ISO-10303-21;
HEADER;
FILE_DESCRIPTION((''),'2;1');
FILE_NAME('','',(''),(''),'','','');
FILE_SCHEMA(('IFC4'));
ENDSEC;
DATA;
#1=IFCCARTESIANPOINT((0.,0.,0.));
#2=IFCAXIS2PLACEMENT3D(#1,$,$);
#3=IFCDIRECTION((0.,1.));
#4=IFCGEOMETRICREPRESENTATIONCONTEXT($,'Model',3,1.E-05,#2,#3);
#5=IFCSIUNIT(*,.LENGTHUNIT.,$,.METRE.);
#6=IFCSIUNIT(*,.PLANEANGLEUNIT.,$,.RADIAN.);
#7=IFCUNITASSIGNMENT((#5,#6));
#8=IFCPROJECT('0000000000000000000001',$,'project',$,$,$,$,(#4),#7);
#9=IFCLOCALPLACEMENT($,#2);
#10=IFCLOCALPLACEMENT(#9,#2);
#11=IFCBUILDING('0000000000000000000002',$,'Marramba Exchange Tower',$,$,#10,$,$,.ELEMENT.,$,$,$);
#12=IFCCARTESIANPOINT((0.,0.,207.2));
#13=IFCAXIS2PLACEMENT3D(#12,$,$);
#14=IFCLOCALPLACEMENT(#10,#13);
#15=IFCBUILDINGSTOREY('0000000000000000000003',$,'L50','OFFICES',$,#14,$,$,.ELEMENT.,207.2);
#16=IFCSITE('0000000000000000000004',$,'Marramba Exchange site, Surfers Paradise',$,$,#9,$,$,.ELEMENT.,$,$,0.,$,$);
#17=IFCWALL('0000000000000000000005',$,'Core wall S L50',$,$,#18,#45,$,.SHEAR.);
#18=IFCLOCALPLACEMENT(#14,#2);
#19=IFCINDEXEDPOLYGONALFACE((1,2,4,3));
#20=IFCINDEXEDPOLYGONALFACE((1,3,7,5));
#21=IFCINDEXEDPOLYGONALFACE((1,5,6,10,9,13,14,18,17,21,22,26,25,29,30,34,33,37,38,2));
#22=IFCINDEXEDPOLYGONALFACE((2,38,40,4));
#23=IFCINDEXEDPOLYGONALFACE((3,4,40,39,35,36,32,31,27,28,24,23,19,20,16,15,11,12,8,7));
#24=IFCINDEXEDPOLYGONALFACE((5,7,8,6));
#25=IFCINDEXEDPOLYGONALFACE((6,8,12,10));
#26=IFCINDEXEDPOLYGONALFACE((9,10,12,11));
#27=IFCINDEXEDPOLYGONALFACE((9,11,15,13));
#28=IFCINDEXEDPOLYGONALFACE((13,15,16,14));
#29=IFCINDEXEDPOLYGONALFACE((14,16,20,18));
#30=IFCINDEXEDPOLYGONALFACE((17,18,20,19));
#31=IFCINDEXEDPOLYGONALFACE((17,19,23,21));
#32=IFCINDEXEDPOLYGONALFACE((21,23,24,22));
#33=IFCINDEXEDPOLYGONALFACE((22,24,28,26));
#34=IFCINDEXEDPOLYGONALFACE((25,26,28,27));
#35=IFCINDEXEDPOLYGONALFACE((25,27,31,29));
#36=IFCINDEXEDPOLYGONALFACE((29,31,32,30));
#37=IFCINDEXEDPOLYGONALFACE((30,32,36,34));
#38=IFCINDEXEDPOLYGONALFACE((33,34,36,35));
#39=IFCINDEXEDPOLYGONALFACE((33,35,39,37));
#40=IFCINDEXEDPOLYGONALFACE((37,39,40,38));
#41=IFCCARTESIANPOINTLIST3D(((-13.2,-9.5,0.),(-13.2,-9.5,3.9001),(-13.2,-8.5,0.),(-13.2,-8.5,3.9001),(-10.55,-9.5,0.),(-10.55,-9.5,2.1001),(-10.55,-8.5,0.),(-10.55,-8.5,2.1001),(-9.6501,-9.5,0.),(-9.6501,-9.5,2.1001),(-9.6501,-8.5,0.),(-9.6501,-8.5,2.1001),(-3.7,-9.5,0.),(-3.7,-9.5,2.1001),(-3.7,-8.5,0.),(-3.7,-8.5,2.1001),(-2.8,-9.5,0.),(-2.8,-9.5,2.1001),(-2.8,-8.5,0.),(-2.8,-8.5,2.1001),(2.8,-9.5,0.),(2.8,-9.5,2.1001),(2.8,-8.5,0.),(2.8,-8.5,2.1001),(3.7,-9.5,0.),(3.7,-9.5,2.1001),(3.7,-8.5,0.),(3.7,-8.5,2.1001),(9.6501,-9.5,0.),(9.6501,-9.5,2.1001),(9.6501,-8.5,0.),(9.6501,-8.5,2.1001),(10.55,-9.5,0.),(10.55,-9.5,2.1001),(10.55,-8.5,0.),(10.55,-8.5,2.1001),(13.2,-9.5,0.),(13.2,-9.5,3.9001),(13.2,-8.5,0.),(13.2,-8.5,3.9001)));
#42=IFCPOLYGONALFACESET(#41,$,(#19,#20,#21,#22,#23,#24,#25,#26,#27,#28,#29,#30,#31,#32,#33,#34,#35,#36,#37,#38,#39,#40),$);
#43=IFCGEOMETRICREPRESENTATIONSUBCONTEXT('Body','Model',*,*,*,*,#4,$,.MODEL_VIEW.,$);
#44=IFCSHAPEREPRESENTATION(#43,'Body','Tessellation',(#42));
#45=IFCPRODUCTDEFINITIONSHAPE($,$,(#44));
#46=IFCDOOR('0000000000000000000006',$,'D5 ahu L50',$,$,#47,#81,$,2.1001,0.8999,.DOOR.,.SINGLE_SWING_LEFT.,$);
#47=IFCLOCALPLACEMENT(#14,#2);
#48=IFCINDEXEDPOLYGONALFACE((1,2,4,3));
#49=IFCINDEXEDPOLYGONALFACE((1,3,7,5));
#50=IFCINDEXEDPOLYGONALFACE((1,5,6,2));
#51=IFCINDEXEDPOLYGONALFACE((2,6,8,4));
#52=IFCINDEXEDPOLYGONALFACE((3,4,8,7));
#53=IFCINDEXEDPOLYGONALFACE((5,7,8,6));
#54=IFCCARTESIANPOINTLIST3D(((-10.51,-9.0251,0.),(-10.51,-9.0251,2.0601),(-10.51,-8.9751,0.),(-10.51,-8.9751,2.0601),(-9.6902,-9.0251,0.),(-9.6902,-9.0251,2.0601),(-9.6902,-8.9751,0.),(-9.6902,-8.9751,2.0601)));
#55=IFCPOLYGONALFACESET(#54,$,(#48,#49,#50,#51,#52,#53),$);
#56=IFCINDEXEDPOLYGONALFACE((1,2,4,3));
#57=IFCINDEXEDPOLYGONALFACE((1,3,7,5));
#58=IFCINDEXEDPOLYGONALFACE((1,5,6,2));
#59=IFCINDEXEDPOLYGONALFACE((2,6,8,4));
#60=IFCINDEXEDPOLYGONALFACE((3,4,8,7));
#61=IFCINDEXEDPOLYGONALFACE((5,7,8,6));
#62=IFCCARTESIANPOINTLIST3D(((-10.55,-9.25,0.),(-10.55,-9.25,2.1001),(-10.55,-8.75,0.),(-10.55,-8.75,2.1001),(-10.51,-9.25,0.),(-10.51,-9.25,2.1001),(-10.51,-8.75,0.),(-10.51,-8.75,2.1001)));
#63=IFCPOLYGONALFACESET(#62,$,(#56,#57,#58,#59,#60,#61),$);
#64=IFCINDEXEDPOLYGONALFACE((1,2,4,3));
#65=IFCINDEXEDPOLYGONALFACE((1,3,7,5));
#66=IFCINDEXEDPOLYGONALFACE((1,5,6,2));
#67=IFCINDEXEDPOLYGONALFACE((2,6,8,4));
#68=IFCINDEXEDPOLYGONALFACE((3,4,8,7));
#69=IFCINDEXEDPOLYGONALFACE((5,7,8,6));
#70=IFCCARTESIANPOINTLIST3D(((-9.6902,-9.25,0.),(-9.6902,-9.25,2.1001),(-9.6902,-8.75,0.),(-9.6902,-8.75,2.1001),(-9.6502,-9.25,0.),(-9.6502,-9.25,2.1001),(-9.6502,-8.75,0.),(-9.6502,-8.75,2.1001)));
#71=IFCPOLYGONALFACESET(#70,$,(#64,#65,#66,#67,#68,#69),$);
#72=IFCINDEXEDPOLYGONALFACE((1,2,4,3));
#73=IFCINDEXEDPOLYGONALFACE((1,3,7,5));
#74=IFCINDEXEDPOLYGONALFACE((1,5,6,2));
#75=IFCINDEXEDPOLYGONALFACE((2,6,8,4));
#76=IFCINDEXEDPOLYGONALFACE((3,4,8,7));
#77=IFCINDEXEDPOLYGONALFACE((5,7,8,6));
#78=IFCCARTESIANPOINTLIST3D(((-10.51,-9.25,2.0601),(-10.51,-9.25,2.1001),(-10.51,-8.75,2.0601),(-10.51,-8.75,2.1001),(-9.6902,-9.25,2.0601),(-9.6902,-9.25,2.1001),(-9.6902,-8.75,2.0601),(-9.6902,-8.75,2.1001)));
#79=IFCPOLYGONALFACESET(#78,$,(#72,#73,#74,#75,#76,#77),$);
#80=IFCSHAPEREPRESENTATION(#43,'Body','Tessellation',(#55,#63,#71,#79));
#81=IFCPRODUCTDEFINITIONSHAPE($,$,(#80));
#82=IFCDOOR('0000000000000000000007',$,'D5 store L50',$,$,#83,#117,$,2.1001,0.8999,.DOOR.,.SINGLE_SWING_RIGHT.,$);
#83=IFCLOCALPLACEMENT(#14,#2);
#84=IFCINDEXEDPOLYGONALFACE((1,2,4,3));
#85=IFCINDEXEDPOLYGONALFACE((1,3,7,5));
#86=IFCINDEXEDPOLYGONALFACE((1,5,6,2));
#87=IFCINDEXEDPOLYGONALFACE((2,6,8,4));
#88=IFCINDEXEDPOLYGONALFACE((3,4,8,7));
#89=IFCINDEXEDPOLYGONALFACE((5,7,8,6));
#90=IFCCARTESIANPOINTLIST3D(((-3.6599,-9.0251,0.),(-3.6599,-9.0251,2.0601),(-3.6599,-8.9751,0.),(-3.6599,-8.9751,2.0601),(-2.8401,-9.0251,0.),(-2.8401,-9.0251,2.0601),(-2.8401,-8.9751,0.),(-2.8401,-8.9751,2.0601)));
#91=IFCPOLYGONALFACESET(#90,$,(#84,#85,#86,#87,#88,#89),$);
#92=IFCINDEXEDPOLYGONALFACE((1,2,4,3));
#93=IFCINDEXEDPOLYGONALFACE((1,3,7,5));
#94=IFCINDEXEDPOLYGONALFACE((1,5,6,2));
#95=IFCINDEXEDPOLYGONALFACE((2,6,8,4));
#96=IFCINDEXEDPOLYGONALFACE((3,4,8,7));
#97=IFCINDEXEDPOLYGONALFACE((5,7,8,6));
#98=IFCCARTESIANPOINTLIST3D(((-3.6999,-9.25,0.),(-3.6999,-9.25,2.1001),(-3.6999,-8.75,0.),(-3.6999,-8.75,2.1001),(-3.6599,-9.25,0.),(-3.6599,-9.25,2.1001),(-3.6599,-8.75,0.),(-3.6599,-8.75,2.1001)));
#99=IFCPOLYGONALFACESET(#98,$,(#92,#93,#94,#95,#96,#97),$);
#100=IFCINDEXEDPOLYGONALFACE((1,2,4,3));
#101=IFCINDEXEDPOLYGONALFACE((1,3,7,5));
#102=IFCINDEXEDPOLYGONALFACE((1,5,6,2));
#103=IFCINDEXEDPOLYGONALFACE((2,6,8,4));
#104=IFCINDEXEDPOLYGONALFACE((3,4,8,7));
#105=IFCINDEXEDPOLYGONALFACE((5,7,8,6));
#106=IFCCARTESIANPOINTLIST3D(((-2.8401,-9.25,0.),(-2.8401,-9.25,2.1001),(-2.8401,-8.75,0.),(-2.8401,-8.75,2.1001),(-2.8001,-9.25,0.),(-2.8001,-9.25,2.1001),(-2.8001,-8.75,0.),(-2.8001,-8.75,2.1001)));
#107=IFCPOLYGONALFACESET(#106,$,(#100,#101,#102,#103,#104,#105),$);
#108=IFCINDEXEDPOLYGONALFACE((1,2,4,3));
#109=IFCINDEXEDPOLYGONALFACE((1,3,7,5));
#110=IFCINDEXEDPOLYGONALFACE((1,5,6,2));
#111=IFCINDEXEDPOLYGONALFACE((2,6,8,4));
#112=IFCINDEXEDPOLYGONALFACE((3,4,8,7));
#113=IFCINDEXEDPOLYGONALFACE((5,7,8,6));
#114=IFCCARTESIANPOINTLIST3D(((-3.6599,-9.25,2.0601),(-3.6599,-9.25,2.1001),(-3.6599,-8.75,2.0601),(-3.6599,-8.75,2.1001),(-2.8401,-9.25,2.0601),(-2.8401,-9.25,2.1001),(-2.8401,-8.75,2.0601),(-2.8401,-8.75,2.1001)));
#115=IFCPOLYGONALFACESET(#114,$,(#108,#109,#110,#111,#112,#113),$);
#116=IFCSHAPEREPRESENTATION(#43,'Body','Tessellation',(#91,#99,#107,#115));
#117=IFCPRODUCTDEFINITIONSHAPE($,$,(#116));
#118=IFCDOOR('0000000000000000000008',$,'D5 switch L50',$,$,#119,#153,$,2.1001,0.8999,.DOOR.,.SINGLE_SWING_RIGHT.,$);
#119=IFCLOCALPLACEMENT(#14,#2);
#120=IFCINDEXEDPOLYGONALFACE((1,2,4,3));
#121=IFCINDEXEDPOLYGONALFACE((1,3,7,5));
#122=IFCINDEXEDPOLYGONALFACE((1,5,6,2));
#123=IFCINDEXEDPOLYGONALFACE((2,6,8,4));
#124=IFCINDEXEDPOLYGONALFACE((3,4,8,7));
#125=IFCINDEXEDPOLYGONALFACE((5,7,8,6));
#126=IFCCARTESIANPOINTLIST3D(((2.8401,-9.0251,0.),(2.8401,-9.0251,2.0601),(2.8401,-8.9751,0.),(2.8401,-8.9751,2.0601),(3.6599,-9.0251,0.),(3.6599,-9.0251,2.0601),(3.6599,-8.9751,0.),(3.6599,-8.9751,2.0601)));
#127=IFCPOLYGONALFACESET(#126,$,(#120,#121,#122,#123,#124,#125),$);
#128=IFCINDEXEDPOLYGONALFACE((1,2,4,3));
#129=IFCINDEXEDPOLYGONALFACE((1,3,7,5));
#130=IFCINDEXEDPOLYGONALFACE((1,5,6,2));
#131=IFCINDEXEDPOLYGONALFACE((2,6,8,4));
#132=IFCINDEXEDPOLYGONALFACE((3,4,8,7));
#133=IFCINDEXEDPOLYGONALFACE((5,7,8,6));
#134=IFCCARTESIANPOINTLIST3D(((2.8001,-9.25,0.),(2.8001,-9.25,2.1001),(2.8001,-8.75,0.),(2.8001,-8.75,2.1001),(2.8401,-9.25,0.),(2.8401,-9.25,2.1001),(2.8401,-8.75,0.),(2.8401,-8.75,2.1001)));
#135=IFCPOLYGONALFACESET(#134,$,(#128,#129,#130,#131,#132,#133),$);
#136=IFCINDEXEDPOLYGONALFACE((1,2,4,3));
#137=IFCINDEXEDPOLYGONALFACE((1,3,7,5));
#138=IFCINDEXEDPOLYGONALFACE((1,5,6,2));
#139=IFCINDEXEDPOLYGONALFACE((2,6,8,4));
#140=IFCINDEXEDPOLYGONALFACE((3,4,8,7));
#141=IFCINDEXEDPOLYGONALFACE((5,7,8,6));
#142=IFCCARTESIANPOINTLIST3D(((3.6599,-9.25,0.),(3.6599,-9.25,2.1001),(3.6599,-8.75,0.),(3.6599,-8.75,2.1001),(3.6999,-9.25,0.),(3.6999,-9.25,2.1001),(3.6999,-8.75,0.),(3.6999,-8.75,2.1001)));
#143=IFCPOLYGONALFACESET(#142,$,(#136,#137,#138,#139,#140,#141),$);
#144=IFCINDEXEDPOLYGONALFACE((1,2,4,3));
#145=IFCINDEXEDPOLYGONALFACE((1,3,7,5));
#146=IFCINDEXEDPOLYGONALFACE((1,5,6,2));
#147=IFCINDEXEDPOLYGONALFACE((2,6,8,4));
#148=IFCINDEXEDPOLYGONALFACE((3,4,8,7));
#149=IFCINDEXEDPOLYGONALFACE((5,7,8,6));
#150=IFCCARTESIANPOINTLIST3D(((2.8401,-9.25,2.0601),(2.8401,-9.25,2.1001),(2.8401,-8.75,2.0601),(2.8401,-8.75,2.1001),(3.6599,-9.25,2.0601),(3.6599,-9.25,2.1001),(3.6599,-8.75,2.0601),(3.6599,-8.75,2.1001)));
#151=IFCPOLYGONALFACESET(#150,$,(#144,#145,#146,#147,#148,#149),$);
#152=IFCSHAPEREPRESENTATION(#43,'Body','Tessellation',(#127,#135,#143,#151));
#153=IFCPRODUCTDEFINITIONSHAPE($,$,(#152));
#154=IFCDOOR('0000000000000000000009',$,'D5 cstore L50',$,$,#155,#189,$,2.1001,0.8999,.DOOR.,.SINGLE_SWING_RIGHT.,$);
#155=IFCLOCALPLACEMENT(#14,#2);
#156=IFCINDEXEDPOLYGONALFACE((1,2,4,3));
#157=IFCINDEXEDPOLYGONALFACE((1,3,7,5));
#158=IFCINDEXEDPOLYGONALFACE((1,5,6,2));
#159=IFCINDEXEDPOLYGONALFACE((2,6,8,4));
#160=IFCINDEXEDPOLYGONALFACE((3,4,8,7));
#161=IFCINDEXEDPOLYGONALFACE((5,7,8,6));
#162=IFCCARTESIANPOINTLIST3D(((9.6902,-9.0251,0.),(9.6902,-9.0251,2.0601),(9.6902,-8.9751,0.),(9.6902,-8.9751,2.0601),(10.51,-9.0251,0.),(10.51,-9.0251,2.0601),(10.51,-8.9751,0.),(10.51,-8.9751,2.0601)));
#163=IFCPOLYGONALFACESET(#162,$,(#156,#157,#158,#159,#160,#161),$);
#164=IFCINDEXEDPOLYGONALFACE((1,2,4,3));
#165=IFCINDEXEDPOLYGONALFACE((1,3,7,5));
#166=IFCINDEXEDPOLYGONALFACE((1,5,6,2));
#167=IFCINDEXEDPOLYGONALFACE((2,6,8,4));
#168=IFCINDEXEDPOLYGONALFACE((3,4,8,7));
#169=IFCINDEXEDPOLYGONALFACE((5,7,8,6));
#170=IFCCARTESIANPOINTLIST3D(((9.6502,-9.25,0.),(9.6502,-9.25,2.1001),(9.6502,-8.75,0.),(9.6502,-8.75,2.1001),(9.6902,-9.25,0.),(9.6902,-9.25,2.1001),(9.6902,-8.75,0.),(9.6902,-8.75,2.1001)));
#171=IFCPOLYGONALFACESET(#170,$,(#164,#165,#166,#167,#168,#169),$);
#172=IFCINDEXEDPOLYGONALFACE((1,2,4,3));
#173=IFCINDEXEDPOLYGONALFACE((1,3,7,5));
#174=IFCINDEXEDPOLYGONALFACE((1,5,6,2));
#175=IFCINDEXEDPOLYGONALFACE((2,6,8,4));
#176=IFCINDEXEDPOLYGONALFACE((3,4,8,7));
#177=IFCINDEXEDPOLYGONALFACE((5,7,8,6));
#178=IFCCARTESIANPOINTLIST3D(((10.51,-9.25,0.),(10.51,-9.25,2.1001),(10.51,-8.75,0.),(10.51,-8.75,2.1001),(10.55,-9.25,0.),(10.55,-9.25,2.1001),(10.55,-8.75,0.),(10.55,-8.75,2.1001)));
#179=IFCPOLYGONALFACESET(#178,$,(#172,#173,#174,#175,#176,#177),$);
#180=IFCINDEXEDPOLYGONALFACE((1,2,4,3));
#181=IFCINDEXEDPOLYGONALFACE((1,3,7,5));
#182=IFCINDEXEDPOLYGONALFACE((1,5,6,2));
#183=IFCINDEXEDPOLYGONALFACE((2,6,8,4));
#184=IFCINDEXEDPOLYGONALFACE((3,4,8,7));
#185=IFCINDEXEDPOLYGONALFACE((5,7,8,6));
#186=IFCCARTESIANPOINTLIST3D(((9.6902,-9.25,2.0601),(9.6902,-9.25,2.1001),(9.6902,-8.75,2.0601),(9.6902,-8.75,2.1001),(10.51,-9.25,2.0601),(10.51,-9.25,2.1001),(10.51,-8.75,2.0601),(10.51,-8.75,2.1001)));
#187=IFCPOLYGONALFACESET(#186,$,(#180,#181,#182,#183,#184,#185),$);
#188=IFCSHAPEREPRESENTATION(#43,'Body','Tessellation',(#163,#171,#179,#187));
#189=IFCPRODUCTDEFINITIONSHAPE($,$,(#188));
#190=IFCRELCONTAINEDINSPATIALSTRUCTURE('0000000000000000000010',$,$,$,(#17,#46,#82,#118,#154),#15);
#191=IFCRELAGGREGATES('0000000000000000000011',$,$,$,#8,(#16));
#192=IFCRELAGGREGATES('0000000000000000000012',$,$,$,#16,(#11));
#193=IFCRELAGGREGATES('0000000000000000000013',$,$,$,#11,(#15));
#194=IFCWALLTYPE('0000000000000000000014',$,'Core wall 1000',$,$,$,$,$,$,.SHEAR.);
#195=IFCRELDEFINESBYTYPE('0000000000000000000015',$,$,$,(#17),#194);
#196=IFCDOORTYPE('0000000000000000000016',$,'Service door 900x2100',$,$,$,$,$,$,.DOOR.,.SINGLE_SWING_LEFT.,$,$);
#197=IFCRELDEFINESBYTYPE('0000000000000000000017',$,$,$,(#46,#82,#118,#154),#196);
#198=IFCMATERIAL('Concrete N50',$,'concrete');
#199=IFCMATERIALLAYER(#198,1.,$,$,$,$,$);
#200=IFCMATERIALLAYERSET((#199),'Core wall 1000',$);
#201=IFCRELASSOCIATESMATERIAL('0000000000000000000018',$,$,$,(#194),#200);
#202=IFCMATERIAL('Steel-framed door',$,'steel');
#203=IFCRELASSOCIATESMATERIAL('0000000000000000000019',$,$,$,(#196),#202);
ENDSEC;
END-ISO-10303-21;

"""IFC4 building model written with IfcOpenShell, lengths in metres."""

from ifc_helpers import new_model, si_unit, direction, frame, frame_2d, origin, place, context, subcontext, project, spatial, rectangle, extrude, material, layer, layer_set, type_object, element, fill, save


model = new_model("IFC4")

# Units and contexts
model_context = context("Model", 3, precision=1e-05, world=origin(), true_north=direction((0.0, 1.0)))
body_context = subcontext(model_context, "Body", "Model", "MODEL_VIEW")
ifc_project = project(units=[si_unit("LENGTHUNIT", "METRE"), si_unit("PLANEANGLEUNIT", "RADIAN")], contexts=[model_context])

# Site, building, storey
site_placement = place(None, origin())
site = spatial("IfcSite", under=ifc_project, at=site_placement, Name="Marramba Exchange site, Surfers Paradise", CompositionType="ELEMENT", RefElevation=0.0)
building_placement = place(site_placement, origin())
building = spatial("IfcBuilding", under=site, at=building_placement, Name="Marramba Exchange Tower", CompositionType="ELEMENT")
storey_placement = place(building_placement, frame((0.0, 0.0, 207.2)))
storey = spatial("IfcBuildingStorey", under=building, at=storey_placement, Name="L50", Description="OFFICES", CompositionType="ELEMENT", Elevation=207.2)

# Shared definitions
ifc_material_1 = material(Name="Concrete N50", Category="concrete")

# Wall, openings, doors
ifc_layer_1 = layer(ifc_material_1, 1.0)
ifc_layer_set_1 = layer_set([ifc_layer_1], Name="Core wall 1000")
wall_type_1 = type_object("IfcWallType", Name="Core wall 1000", PredefinedType="SHEAR", material=ifc_layer_set_1)
wall_1_placement = place(storey_placement, frame((-13.2, -9.0, 0.0), z_axis=(0.0, 0.0, 1.0), x_axis=(1.0, 0.0, 0.0)))
wall_1 = element("IfcWall", 1, at=wall_1_placement, inside=storey, type_object=wall_type_1, Name="Core wall S L50", PredefinedType="SHEAR", context=body_context, shape_type="SweptSolid", body=[
    extrude(rectangle(XDim=26.3999, YDim=1.0, at=frame_2d((13.2, 0.0))), origin(), (0.0, 0.0, 1.0), 3.9001),
])
opening_1_placement = place(wall_1_placement, frame((2.6499, 0.0, 0.0)))
opening_1 = element("IfcOpeningElement", 2, at=opening_1_placement, cuts=wall_1, PredefinedType="OPENING", context=body_context, shape_type="SweptSolid", body=[
    extrude(rectangle(XDim=0.8999, YDim=2.1001, at=frame_2d((0.45, 1.05))), frame((0.0, 0.51, 0.0), z_axis=(0.0, -1.0, 0.0), x_axis=(1.0, 0.0, 0.0)), (0.0, 0.0, 1.0), 1.02),
])
opening_2_placement = place(wall_1_placement, frame((9.5, 0.0, 0.0)))
opening_2 = element("IfcOpeningElement", 3, at=opening_2_placement, cuts=wall_1, PredefinedType="OPENING", context=body_context, shape_type="SweptSolid", body=[
    extrude(rectangle(XDim=0.8999, YDim=2.1001, at=frame_2d((0.45, 1.05))), frame((0.0, 0.51, 0.0), z_axis=(0.0, -1.0, 0.0), x_axis=(1.0, 0.0, 0.0)), (0.0, 0.0, 1.0), 1.02),
])
opening_3_placement = place(wall_1_placement, frame((16.0, 0.0, 0.0)))
opening_3 = element("IfcOpeningElement", 4, at=opening_3_placement, cuts=wall_1, PredefinedType="OPENING", context=body_context, shape_type="SweptSolid", body=[
    extrude(rectangle(XDim=0.8999, YDim=2.1001, at=frame_2d((0.45, 1.05))), frame((0.0, 0.51, 0.0), z_axis=(0.0, -1.0, 0.0), x_axis=(1.0, 0.0, 0.0)), (0.0, 0.0, 1.0), 1.02),
])
opening_4_placement = place(wall_1_placement, frame((22.8501, 0.0, 0.0)))
opening_4 = element("IfcOpeningElement", 5, at=opening_4_placement, cuts=wall_1, PredefinedType="OPENING", context=body_context, shape_type="SweptSolid", body=[
    extrude(rectangle(XDim=0.8999, YDim=2.1001, at=frame_2d((0.45, 1.05))), frame((0.0, 0.51, 0.0), z_axis=(0.0, -1.0, 0.0), x_axis=(1.0, 0.0, 0.0)), (0.0, 0.0, 1.0), 1.02),
])
ifc_material_2 = material(Name="Steel-framed door", Category="steel")
door_type = type_object("IfcDoorType", Name="Service door 900x2100", OperationType="SINGLE_SWING_LEFT", PredefinedType="DOOR", material=ifc_material_2)
door_1_placement = place(opening_1_placement, origin())
door_1 = element("IfcDoor", 6, at=door_1_placement, inside=storey, type_object=door_type, Name="D5 ahu L50", OperationType="SINGLE_SWING_LEFT", OverallHeight=2.1001, OverallWidth=0.8999, PredefinedType="DOOR", context=body_context, shape_type="SweptSolid", body=[
    extrude(rectangle(XDim=0.8198, YDim=2.0601, at=frame_2d((0.45, 1.03))), frame((0.0, 0.0249, 0.0), z_axis=(0.0, -1.0, 0.0), x_axis=(1.0, 0.0, 0.0)), (0.0, 0.0, 1.0), 0.05),
    extrude(rectangle(XDim=0.04, YDim=2.1001, at=frame_2d((0.02, 1.05))), frame((0.0, 0.25, 0.0), z_axis=(0.0, -1.0, 0.0), x_axis=(1.0, 0.0, 0.0)), (0.0, 0.0, 1.0), 0.5),
    extrude(rectangle(XDim=0.04, YDim=2.1001, at=frame_2d((0.8799, 1.05))), frame((0.0, 0.25, 0.0), z_axis=(0.0, -1.0, 0.0), x_axis=(1.0, 0.0, 0.0)), (0.0, 0.0, 1.0), 0.5),
    extrude(rectangle(XDim=0.8198, YDim=0.04, at=frame_2d((0.45, 2.0801))), frame((0.0, 0.25, 0.0), z_axis=(0.0, -1.0, 0.0), x_axis=(1.0, 0.0, 0.0)), (0.0, 0.0, 1.0), 0.5),
])
fill(opening_1, door_1)
door_2_placement = place(opening_2_placement, origin())
door_2 = element("IfcDoor", 7, at=door_2_placement, inside=storey, type_object=door_type, Name="D5 store L50", OperationType="SINGLE_SWING_RIGHT", OverallHeight=2.1001, OverallWidth=0.8999, PredefinedType="DOOR", context=body_context, shape_type="SweptSolid", body=[
    extrude(rectangle(XDim=0.8198, YDim=2.0601, at=frame_2d((0.45, 1.03))), frame((0.0, 0.0249, 0.0), z_axis=(0.0, -1.0, 0.0), x_axis=(1.0, 0.0, 0.0)), (0.0, 0.0, 1.0), 0.05),
    extrude(rectangle(XDim=0.04, YDim=2.1001, at=frame_2d((0.02, 1.05))), frame((0.0, 0.25, 0.0), z_axis=(0.0, -1.0, 0.0), x_axis=(1.0, 0.0, 0.0)), (0.0, 0.0, 1.0), 0.5),
    extrude(rectangle(XDim=0.04, YDim=2.1001, at=frame_2d((0.8799, 1.05))), frame((0.0, 0.25, 0.0), z_axis=(0.0, -1.0, 0.0), x_axis=(1.0, 0.0, 0.0)), (0.0, 0.0, 1.0), 0.5),
    extrude(rectangle(XDim=0.8198, YDim=0.04, at=frame_2d((0.45, 2.0801))), frame((0.0, 0.25, 0.0), z_axis=(0.0, -1.0, 0.0), x_axis=(1.0, 0.0, 0.0)), (0.0, 0.0, 1.0), 0.5),
])
fill(opening_2, door_2)
door_3_placement = place(opening_3_placement, origin())
door_3 = element("IfcDoor", 8, at=door_3_placement, inside=storey, type_object=door_type, Name="D5 switch L50", OperationType="SINGLE_SWING_RIGHT", OverallHeight=2.1001, OverallWidth=0.8999, PredefinedType="DOOR", context=body_context, shape_type="SweptSolid", body=[
    extrude(rectangle(XDim=0.8198, YDim=2.0601, at=frame_2d((0.45, 1.03))), frame((0.0, 0.0249, 0.0), z_axis=(0.0, -1.0, 0.0), x_axis=(1.0, 0.0, 0.0)), (0.0, 0.0, 1.0), 0.05),
    extrude(rectangle(XDim=0.04, YDim=2.1001, at=frame_2d((0.02, 1.05))), frame((0.0, 0.25, 0.0), z_axis=(0.0, -1.0, 0.0), x_axis=(1.0, 0.0, 0.0)), (0.0, 0.0, 1.0), 0.5),
    extrude(rectangle(XDim=0.04, YDim=2.1001, at=frame_2d((0.8799, 1.05))), frame((0.0, 0.25, 0.0), z_axis=(0.0, -1.0, 0.0), x_axis=(1.0, 0.0, 0.0)), (0.0, 0.0, 1.0), 0.5),
    extrude(rectangle(XDim=0.8198, YDim=0.04, at=frame_2d((0.45, 2.0801))), frame((0.0, 0.25, 0.0), z_axis=(0.0, -1.0, 0.0), x_axis=(1.0, 0.0, 0.0)), (0.0, 0.0, 1.0), 0.5),
])
fill(opening_3, door_3)
door_4_placement = place(opening_4_placement, origin())
door_4 = element("IfcDoor", 9, at=door_4_placement, inside=storey, type_object=door_type, Name="D5 cstore L50", OperationType="SINGLE_SWING_RIGHT", OverallHeight=2.1001, OverallWidth=0.8999, PredefinedType="DOOR", context=body_context, shape_type="SweptSolid", body=[
    extrude(rectangle(XDim=0.8198, YDim=2.0601, at=frame_2d((0.45, 1.03))), frame((0.0, 0.0249, 0.0), z_axis=(0.0, -1.0, 0.0), x_axis=(1.0, 0.0, 0.0)), (0.0, 0.0, 1.0), 0.05),
    extrude(rectangle(XDim=0.04, YDim=2.1001, at=frame_2d((0.02, 1.05))), frame((0.0, 0.25, 0.0), z_axis=(0.0, -1.0, 0.0), x_axis=(1.0, 0.0, 0.0)), (0.0, 0.0, 1.0), 0.5),
    extrude(rectangle(XDim=0.04, YDim=2.1001, at=frame_2d((0.8799, 1.05))), frame((0.0, 0.25, 0.0), z_axis=(0.0, -1.0, 0.0), x_axis=(1.0, 0.0, 0.0)), (0.0, 0.0, 1.0), 0.5),
    extrude(rectangle(XDim=0.8198, YDim=0.04, at=frame_2d((0.45, 2.0801))), frame((0.0, 0.25, 0.0), z_axis=(0.0, -1.0, 0.0), x_axis=(1.0, 0.0, 0.0)), (0.0, 0.0, 1.0), 0.5),
])
fill(opening_4, door_4)

save(model, "model.ifc")
